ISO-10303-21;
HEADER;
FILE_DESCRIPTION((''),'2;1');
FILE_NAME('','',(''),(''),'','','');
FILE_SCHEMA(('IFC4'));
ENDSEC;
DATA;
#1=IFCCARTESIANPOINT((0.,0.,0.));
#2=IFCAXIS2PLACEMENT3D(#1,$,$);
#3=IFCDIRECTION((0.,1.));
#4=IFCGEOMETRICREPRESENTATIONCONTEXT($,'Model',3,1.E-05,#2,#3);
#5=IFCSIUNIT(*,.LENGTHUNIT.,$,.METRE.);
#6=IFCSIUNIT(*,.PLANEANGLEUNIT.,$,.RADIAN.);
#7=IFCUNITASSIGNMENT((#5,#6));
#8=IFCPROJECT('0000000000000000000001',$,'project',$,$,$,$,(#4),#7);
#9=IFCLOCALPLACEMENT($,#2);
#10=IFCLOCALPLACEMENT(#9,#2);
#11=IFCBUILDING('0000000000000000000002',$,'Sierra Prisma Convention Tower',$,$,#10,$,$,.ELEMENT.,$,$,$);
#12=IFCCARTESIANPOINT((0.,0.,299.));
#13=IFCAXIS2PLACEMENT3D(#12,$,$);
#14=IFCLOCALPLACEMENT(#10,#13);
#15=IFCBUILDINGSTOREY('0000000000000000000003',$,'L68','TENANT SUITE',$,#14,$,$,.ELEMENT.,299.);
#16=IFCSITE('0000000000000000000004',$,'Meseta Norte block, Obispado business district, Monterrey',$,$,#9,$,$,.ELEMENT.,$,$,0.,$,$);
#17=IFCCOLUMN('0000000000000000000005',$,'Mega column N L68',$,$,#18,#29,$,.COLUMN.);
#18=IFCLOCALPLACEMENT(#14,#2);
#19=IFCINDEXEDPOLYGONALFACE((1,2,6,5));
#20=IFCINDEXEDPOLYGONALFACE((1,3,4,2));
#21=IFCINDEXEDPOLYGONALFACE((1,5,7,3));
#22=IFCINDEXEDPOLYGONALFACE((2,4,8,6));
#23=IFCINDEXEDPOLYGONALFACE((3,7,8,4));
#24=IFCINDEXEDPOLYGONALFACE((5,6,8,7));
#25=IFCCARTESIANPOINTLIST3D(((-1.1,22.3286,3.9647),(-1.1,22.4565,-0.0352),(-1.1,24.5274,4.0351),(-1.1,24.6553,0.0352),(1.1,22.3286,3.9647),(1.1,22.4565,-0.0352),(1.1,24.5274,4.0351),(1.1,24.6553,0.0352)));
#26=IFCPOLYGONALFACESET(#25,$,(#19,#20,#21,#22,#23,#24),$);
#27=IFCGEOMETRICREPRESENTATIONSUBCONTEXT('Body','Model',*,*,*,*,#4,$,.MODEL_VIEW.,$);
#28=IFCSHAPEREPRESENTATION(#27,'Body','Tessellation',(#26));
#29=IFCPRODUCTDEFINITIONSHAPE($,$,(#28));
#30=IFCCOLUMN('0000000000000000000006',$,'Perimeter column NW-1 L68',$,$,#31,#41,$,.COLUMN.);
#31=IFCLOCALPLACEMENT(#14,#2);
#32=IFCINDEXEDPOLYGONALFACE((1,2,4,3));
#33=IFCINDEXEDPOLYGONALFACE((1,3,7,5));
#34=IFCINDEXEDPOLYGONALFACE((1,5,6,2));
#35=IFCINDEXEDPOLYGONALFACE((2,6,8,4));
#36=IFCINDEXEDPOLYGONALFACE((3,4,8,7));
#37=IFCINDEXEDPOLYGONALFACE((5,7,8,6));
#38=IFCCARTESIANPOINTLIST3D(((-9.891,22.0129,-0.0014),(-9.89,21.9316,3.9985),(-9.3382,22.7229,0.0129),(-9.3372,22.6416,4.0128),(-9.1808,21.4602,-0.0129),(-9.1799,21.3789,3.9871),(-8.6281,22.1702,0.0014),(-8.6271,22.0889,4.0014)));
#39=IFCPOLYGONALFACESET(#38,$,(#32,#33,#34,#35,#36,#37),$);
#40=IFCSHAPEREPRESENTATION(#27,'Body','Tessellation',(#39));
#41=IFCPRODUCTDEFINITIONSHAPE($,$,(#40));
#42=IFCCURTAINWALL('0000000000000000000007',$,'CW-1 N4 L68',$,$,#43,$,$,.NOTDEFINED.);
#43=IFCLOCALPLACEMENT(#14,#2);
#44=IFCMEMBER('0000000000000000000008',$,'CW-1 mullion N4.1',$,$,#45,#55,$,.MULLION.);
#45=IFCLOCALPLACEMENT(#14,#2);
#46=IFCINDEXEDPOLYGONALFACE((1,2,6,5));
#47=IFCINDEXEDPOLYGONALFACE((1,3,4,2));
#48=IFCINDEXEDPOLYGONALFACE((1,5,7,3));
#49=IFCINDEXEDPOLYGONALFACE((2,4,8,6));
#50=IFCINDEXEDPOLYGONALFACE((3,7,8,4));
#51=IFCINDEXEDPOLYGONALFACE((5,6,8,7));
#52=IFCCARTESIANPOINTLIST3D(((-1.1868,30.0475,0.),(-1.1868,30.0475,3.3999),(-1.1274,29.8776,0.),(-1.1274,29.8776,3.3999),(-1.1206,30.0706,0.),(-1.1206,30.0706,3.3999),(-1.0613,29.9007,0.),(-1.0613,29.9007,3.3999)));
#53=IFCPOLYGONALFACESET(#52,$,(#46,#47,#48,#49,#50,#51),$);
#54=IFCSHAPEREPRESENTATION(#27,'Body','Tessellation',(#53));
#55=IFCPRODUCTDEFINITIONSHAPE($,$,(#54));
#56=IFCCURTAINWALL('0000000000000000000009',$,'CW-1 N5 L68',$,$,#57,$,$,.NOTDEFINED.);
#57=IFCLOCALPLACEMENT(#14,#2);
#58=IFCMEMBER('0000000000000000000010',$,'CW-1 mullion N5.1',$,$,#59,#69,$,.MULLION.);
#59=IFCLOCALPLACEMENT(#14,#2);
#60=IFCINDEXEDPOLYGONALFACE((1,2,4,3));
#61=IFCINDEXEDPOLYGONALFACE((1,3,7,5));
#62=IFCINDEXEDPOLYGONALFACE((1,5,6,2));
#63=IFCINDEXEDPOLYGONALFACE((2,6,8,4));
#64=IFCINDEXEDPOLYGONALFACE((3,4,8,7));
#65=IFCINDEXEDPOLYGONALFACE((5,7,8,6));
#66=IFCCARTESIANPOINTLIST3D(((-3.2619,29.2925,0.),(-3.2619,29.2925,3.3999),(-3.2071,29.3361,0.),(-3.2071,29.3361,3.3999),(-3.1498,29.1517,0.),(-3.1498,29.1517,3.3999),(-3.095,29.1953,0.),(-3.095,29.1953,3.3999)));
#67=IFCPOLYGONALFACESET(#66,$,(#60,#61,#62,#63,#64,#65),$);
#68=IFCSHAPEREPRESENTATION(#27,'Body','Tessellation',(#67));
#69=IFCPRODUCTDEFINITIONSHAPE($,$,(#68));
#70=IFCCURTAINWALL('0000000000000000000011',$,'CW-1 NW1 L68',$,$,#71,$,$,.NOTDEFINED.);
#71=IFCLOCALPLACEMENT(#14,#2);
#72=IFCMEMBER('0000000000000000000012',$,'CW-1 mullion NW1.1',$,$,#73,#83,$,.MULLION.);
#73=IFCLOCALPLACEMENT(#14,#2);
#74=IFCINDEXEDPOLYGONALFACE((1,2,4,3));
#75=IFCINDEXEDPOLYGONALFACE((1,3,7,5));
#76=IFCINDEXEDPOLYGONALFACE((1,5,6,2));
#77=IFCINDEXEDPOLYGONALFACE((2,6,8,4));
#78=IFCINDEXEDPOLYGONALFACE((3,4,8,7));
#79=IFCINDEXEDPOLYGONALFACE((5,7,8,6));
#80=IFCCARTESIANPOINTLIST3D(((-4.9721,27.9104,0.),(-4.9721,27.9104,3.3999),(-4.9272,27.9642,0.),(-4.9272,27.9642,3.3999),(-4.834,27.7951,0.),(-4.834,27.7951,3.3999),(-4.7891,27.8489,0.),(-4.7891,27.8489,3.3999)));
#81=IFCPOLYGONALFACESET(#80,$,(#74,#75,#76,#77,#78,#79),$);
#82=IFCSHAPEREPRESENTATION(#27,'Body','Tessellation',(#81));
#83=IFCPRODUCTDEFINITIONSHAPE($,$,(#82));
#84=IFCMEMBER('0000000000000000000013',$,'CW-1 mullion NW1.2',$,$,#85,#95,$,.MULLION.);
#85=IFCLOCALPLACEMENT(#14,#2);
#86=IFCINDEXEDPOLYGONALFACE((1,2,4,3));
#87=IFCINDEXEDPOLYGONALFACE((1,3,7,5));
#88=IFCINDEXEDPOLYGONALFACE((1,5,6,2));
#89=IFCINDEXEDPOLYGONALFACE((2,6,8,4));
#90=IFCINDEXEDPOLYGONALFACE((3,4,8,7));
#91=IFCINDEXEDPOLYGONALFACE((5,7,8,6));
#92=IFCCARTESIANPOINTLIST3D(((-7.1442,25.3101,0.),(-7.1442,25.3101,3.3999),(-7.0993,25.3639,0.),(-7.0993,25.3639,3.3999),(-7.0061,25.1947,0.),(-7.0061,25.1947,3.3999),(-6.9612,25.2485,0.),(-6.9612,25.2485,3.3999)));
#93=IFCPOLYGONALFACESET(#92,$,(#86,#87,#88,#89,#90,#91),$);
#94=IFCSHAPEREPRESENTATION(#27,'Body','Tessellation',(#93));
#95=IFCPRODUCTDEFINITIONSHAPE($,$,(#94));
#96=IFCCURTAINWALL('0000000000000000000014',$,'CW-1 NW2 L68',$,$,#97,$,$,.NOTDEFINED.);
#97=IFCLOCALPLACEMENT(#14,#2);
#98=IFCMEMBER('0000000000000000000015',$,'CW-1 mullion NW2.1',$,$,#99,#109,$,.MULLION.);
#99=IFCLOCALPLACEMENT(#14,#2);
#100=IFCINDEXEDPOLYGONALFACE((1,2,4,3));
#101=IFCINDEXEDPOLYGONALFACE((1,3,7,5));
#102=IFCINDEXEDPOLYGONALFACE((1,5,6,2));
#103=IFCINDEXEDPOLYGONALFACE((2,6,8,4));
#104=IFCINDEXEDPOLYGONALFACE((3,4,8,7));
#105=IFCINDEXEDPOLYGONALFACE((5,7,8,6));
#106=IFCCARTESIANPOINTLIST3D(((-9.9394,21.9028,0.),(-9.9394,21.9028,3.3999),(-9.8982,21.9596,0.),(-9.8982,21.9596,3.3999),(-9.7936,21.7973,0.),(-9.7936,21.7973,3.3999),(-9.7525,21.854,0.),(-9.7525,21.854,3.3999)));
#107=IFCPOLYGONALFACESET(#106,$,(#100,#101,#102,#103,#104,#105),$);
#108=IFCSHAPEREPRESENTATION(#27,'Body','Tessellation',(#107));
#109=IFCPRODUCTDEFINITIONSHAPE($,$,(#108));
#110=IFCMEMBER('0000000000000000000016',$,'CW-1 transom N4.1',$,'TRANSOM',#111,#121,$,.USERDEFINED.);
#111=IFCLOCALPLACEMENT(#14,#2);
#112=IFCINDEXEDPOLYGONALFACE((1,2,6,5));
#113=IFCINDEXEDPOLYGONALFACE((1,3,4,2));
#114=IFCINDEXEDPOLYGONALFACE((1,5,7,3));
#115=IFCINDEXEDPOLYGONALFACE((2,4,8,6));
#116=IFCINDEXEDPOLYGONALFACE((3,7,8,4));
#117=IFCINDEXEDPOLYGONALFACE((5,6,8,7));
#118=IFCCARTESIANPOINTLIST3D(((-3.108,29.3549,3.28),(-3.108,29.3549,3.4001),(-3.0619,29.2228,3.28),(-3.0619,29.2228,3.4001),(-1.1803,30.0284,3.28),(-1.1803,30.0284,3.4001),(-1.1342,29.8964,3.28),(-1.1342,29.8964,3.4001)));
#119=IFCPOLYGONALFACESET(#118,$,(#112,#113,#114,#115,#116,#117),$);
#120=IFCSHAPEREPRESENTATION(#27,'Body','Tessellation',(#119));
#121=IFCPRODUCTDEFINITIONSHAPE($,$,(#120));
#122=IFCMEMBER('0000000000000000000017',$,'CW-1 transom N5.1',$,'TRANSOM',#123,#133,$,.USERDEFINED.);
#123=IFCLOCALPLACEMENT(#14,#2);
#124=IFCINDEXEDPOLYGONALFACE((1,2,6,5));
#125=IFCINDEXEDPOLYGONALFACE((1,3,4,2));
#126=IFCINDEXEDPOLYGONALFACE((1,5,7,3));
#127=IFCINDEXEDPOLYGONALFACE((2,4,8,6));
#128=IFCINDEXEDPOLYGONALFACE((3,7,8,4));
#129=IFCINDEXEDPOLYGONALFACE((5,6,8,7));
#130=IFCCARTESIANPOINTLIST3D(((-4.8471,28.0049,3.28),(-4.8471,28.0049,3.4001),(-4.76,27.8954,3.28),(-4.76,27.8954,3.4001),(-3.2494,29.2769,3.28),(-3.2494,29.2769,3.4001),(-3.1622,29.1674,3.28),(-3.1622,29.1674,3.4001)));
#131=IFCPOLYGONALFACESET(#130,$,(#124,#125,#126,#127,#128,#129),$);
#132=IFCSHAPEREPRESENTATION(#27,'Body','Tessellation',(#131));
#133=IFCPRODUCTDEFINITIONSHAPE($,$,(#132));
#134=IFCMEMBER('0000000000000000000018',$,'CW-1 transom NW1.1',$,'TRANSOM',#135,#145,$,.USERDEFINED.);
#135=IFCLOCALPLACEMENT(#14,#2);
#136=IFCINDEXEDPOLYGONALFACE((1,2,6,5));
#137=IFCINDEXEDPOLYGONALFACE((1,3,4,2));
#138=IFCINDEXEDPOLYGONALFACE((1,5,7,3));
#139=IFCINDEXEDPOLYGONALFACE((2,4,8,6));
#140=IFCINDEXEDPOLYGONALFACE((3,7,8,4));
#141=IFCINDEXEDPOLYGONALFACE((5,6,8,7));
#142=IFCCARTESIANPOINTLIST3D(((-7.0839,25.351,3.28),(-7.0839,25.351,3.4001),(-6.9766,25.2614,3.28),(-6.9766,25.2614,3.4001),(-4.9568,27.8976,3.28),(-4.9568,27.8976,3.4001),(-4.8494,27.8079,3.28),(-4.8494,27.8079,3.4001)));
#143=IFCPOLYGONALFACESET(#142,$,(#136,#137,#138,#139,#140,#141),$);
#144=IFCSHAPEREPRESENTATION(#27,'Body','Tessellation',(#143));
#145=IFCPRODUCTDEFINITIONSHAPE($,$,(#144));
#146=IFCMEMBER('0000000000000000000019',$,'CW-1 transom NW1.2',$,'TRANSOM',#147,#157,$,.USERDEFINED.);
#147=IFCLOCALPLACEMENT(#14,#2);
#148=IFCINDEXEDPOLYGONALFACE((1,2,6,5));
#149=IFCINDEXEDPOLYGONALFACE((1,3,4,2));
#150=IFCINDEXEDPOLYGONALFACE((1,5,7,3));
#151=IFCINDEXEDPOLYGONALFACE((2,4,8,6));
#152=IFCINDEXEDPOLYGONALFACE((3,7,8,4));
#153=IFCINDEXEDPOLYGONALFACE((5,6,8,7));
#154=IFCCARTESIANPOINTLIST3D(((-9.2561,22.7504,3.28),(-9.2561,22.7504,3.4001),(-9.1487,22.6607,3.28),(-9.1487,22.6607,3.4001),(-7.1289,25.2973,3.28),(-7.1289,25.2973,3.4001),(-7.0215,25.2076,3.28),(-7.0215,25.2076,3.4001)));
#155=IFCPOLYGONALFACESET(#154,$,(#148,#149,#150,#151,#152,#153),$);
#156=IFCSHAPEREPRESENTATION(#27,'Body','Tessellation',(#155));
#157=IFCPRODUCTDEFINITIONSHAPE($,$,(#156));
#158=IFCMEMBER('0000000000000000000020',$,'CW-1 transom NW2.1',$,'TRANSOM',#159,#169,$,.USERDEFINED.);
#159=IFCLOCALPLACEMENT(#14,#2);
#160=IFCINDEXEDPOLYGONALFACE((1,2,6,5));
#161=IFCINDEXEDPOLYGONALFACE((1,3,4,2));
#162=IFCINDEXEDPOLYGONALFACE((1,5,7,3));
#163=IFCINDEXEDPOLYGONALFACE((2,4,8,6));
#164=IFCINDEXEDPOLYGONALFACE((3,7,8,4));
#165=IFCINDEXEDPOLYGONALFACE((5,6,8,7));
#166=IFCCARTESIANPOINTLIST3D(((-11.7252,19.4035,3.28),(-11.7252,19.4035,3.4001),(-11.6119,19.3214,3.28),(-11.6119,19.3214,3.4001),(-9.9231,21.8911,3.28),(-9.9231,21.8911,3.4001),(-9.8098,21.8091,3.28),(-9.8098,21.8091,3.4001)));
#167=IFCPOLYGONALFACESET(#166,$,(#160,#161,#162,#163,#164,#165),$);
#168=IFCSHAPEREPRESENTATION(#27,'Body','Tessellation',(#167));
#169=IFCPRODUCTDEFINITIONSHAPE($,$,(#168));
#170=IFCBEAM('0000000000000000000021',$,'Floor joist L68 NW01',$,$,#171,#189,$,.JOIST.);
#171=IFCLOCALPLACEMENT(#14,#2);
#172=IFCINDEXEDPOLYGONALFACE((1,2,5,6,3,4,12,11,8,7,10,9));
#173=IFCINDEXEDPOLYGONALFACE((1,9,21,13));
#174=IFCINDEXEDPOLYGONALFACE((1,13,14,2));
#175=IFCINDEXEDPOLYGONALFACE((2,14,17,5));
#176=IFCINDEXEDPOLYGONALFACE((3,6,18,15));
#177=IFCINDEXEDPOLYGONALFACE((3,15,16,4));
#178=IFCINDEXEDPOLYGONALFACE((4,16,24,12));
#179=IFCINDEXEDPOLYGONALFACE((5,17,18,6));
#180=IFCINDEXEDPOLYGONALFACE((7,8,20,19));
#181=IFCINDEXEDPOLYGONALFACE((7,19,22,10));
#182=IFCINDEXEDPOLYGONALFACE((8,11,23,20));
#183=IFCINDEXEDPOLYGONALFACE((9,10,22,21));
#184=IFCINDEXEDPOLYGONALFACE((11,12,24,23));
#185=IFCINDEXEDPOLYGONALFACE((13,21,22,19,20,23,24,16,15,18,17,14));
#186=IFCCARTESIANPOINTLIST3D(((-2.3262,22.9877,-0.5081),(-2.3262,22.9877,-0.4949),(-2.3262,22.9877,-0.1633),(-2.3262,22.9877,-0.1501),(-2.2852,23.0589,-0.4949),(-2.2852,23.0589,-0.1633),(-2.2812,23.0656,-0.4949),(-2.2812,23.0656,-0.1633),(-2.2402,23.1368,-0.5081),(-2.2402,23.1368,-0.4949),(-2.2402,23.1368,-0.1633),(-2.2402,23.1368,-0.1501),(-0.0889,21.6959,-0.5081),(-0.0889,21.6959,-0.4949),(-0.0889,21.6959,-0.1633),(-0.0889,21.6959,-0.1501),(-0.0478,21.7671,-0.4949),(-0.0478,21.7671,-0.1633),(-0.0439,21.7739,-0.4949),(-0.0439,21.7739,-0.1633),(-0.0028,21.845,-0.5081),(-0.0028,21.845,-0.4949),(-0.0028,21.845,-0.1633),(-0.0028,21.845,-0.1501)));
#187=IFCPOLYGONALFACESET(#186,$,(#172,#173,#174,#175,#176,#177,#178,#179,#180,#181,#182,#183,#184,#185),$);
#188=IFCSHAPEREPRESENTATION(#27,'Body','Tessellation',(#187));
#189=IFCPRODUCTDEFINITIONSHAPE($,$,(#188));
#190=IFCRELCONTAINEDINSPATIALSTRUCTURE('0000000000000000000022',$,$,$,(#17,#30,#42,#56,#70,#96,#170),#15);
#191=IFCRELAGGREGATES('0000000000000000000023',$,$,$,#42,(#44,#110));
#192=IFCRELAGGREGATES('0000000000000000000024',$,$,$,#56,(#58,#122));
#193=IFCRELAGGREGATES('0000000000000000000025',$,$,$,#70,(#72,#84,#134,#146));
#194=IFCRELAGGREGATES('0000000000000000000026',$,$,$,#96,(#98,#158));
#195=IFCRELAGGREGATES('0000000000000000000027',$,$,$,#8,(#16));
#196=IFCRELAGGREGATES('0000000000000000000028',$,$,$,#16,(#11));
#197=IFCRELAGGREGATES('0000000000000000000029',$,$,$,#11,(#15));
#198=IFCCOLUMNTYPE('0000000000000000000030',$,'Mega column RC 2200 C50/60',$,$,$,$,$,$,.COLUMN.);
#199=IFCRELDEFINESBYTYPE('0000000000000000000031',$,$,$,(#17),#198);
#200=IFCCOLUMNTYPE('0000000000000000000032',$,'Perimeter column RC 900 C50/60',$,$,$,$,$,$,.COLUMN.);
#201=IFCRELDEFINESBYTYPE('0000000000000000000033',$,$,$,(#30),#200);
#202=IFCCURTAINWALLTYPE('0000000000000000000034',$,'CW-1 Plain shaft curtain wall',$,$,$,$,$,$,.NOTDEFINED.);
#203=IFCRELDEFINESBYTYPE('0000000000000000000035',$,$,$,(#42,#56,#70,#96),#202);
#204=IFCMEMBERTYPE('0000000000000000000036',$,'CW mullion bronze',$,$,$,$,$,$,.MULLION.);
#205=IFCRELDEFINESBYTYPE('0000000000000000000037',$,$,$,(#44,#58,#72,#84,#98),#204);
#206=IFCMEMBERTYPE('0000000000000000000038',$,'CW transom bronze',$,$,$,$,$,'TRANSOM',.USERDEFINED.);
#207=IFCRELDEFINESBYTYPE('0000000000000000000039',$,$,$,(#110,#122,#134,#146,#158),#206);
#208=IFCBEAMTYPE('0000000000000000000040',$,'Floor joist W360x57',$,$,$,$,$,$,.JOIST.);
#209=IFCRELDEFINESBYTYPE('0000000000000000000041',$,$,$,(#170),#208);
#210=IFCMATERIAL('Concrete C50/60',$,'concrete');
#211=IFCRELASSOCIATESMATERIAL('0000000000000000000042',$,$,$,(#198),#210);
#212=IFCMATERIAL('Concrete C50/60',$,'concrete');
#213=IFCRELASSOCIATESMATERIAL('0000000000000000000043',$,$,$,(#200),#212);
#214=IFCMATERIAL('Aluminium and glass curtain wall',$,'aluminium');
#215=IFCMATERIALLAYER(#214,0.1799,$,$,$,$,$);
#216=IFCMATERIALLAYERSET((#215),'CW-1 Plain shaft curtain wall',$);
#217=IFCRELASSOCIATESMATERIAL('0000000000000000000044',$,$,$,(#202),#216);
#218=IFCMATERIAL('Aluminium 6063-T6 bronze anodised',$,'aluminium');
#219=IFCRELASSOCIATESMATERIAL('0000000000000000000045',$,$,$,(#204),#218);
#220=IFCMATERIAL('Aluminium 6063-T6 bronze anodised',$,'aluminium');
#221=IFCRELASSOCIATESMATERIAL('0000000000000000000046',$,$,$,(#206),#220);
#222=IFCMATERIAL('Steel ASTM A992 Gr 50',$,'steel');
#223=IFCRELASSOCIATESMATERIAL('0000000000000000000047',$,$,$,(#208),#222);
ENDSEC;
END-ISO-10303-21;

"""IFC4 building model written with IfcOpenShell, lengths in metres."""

from ifc_helpers import new_model, si_unit, direction, frame, origin, origin_2d, place, context, subcontext, project, spatial, rectangle, i_section, extrude, material, layer, layer_set, material_profile, profile_set, type_object, element, aggregate, save


model = new_model("IFC4")

# Units and contexts
model_context = context("Model", 3, precision=1e-05, world=origin(), true_north=direction((0.0, 1.0)))
body_context = subcontext(model_context, "Body", "Model", "MODEL_VIEW")
ifc_project = project(units=[si_unit("LENGTHUNIT", "METRE"), si_unit("PLANEANGLEUNIT", "RADIAN")], contexts=[model_context])

# Site, building, storey
site_placement = place(None, origin())
site = spatial("IfcSite", under=ifc_project, at=site_placement, Name="Meseta Norte block, Obispado business district, Monterrey", CompositionType="ELEMENT", RefElevation=0.0)
building_placement = place(site_placement, origin())
building = spatial("IfcBuilding", under=site, at=building_placement, Name="Sierra Prisma Convention Tower", CompositionType="ELEMENT")
storey_placement = place(building_placement, frame((0.0, 0.0, 299.0)))
storey = spatial("IfcBuildingStorey", under=building, at=storey_placement, Name="L68", Description="TENANT SUITE", CompositionType="ELEMENT", Elevation=299.0)

# Columns
ifc_material_1 = material(Name="Concrete C50/60", Category="concrete")
ifc_material_profile_1 = material_profile(ifc_material_1, rectangle(XDim=2.2, YDim=2.2, at=origin_2d()), Name="Mega column RC 2200 C50/60")
ifc_profile_set_1 = profile_set([ifc_material_profile_1], Name="Concrete C50/60")
column_type_1 = type_object("IfcColumnType", Name="Mega column RC 2200 C50/60", PredefinedType="COLUMN", material=ifc_profile_set_1)
column_1_placement = place(storey_placement, frame((0.0, 23.5559, 0.0), z_axis=(0.0, -0.031966, 0.999489), x_axis=(1.0, 0.0, 0.0)))
element("IfcColumn", 1, at=column_1_placement, inside=storey, type_object=column_type_1, Name="Mega column N L68", PredefinedType="COLUMN", context=body_context, shape_type="SweptSolid", body=[
    extrude(rectangle(XDim=2.2, YDim=2.2, at=origin_2d()), origin(), (0.0, 0.0, 1.0), 4.002),
])
ifc_material_2 = material(Name="Concrete C50/60", Category="concrete")
ifc_material_profile_2 = material_profile(ifc_material_2, rectangle(XDim=0.8999, YDim=0.8999, at=origin_2d()), Name="Perimeter column RC 900 C50/60")
ifc_profile_set_2 = profile_set([ifc_material_profile_2], Name="Concrete C50/60")
column_type_2 = type_object("IfcColumnType", Name="Perimeter column RC 900 C50/60", PredefinedType="COLUMN", material=ifc_profile_set_2)
column_2_placement = place(storey_placement, frame((-9.2595, 22.0916, 0.0), z_axis=(0.000244, -0.020321, 0.999793), x_axis=(0.614241, 0.788958, 0.015885)))
element("IfcColumn", 2, at=column_2_placement, inside=storey, type_object=column_type_2, Name="Perimeter column NW-1 L68", PredefinedType="COLUMN", context=body_context, shape_type="SweptSolid", body=[
    extrude(rectangle(XDim=0.8999, YDim=0.8999, at=origin_2d()), origin(), (0.0, 0.0, 1.0), 4.0007),
])

# Curtain walls, members
ifc_material_3 = material(Name="Aluminium and glass curtain wall", Category="aluminium")
ifc_layer_1 = layer(ifc_material_3, 0.1799)
ifc_layer_set_1 = layer_set([ifc_layer_1], Name="CW-1 Plain shaft curtain wall")
curtain_wall_type = type_object("IfcCurtainWallType", Name="CW-1 Plain shaft curtain wall", PredefinedType="NOTDEFINED", material=ifc_layer_set_1)
curtain_wall_1_placement = place(storey_placement, origin())
curtain_wall_1 = element("IfcCurtainWall", 3, at=curtain_wall_1_placement, inside=storey, type_object=curtain_wall_type, Name="CW-1 N4 L68", PredefinedType="NOTDEFINED")
ifc_material_4 = material(Name="Aluminium 6063-T6 bronze anodised", Category="aluminium")
ifc_material_profile_3 = material_profile(ifc_material_4, rectangle(XDim=0.1799, YDim=0.0701, at=origin_2d()), Name="ALU MULLION 70x180")
ifc_profile_set_3 = profile_set([ifc_material_profile_3], Name="Aluminium 6063-T6 bronze anodised")
member_type_1 = type_object("IfcMemberType", Name="CW mullion bronze", PredefinedType="MULLION", material=ifc_profile_set_3)
member_1_placement = place(storey_placement, frame((-1.124, 29.9741, 0.0), z_axis=(0.0, 0.0, 1.0), x_axis=(0.329887, -0.94402, 0.0)))
member_1 = element("IfcMember", 4, at=member_1_placement, type_object=member_type_1, Name="CW-1 mullion N4.1", PredefinedType="MULLION", context=body_context, shape_type="SweptSolid", body=[
    extrude(rectangle(XDim=0.1799, YDim=0.0701, at=origin_2d()), origin(), (0.0, 0.0, 1.0), 3.3999),
])
curtain_wall_2_placement = place(storey_placement, origin())
curtain_wall_2 = element("IfcCurtainWall", 5, at=curtain_wall_2_placement, inside=storey, type_object=curtain_wall_type, Name="CW-1 N5 L68", PredefinedType="NOTDEFINED")
member_2_placement = place(storey_placement, frame((-3.1785, 29.2439, 0.0), z_axis=(0.0, 0.0, 1.0), x_axis=(0.622841, -0.782348, 0.0)))
member_2 = element("IfcMember", 6, at=member_2_placement, type_object=member_type_1, Name="CW-1 mullion N5.1", PredefinedType="MULLION", context=body_context, shape_type="SweptSolid", body=[
    extrude(rectangle(XDim=0.1799, YDim=0.0701, at=origin_2d()), origin(), (0.0, 0.0, 1.0), 3.3999),
])

# Curtain wall, members
curtain_wall_3_placement = place(storey_placement, origin())
curtain_wall_3 = element("IfcCurtainWall", 7, at=curtain_wall_3_placement, inside=storey, type_object=curtain_wall_type, Name="CW-1 NW1 L68", PredefinedType="NOTDEFINED")
member_3_placement = place(storey_placement, frame((-4.8806, 27.8796, 0.0), z_axis=(0.0, 0.0, 1.0), x_axis=(0.76749, -0.64106, 0.0)))
member_3 = element("IfcMember", 8, at=member_3_placement, type_object=member_type_1, Name="CW-1 mullion NW1.1", PredefinedType="MULLION", context=body_context, shape_type="SweptSolid", body=[
    extrude(rectangle(XDim=0.1799, YDim=0.0701, at=origin_2d()), origin(), (0.0, 0.0, 1.0), 3.3999),
])
member_4_placement = place(storey_placement, frame((-7.0527, 25.2793, 0.0), z_axis=(0.0, 0.0, 1.0), x_axis=(0.76749, -0.64106, 0.0)))
member_4 = element("IfcMember", 9, at=member_4_placement, type_object=member_type_1, Name="CW-1 mullion NW1.2", PredefinedType="MULLION", context=body_context, shape_type="SweptSolid", body=[
    extrude(rectangle(XDim=0.1799, YDim=0.0701, at=origin_2d()), origin(), (0.0, 0.0, 1.0), 3.3999),
])

# Curtain wall, member
curtain_wall_4_placement = place(storey_placement, origin())
curtain_wall_4 = element("IfcCurtainWall", 10, at=curtain_wall_4_placement, inside=storey, type_object=curtain_wall_type, Name="CW-1 NW2 L68", PredefinedType="NOTDEFINED")
member_5_placement = place(storey_placement, frame((-9.8459, 21.8784, 0.0), z_axis=(0.0, 0.0, 1.0), x_axis=(0.809811, -0.586691, 0.0)))
member_5 = element("IfcMember", 11, at=member_5_placement, type_object=member_type_1, Name="CW-1 mullion NW2.1", PredefinedType="MULLION", context=body_context, shape_type="SweptSolid", body=[
    extrude(rectangle(XDim=0.1799, YDim=0.0701, at=origin_2d()), origin(), (0.0, 0.0, 1.0), 3.3999),
])

# Members
ifc_material_5 = material(Name="Aluminium 6063-T6 bronze anodised", Category="aluminium")
ifc_material_profile_4 = material_profile(ifc_material_5, rectangle(XDim=0.1399, YDim=0.1201, at=origin_2d()), Name="ALU TRANSOM 120x140")
ifc_profile_set_4 = profile_set([ifc_material_profile_4], Name="Aluminium 6063-T6 bronze anodised")
member_type_2 = type_object("IfcMemberType", Name="CW transom bronze", ElementType="TRANSOM", PredefinedType="USERDEFINED", material=ifc_profile_set_4)
member_6_placement = place(storey_placement, frame((-1.1572, 29.9624, 3.3401), z_axis=(-0.94403, -0.32986, 0.0), x_axis=(0.32986, -0.94403, 0.0)))
member_6 = element("IfcMember", 12, at=member_6_placement, type_object=member_type_2, Name="CW-1 transom N4.1", ObjectType="TRANSOM", PredefinedType="USERDEFINED", context=body_context, shape_type="SweptSolid", body=[
    extrude(rectangle(XDim=0.1399, YDim=0.1201, at=origin_2d()), origin(), (0.0, 0.0, 1.0), 2.042),
])
member_7_placement = place(storey_placement, frame((-3.2058, 29.2222, 3.3401), z_axis=(-0.782336, -0.622856, 0.0), x_axis=(0.622856, -0.782336, 0.0)))
member_7 = element("IfcMember", 13, at=member_7_placement, type_object=member_type_2, Name="CW-1 transom N5.1", ObjectType="TRANSOM", PredefinedType="USERDEFINED", context=body_context, shape_type="SweptSolid", body=[
    extrude(rectangle(XDim=0.1399, YDim=0.1201, at=origin_2d()), origin(), (0.0, 0.0, 1.0), 2.0422),
])
member_8_placement = place(storey_placement, frame((-4.9031, 27.8528, 3.3401), z_axis=(-0.641074, -0.767479, 0.0), x_axis=(0.767479, -0.641074, 0.0)))
member_8 = element("IfcMember", 14, at=member_8_placement, type_object=member_type_2, Name="CW-1 transom NW1.1", ObjectType="TRANSOM", PredefinedType="USERDEFINED", context=body_context, shape_type="SweptSolid", body=[
    extrude(rectangle(XDim=0.1399, YDim=0.1201, at=origin_2d()), origin(), (0.0, 0.0, 1.0), 3.3181),
])
member_9_placement = place(storey_placement, frame((-7.0752, 25.2524, 3.3401), z_axis=(-0.641038, -0.767509, 0.0), x_axis=(0.767509, -0.641038, 0.0)))
member_9 = element("IfcMember", 15, at=member_9_placement, type_object=member_type_2, Name="CW-1 transom NW1.2", ObjectType="TRANSOM", PredefinedType="USERDEFINED", context=body_context, shape_type="SweptSolid", body=[
    extrude(rectangle(XDim=0.1399, YDim=0.1201, at=origin_2d()), origin(), (0.0, 0.0, 1.0), 3.3184),
])
member_10_placement = place(storey_placement, frame((-9.8665, 21.8501, 3.3401), z_axis=(-0.586654, -0.809838, 0.0), x_axis=(0.809838, -0.586654, 0.0)))
member_10 = element("IfcMember", 16, at=member_10_placement, type_object=member_type_2, Name="CW-1 transom NW2.1", ObjectType="TRANSOM", PredefinedType="USERDEFINED", context=body_context, shape_type="SweptSolid", body=[
    extrude(rectangle(XDim=0.1399, YDim=0.1201, at=origin_2d()), origin(), (0.0, 0.0, 1.0), 3.0718),
])

# Beam
ifc_material_6 = material(Name="Steel ASTM A992 Gr 50", Category="steel")
ifc_material_profile_5 = material_profile(ifc_material_6, i_section(OverallWidth=0.1721, OverallDepth=0.3579, WebThickness=0.0078, FlangeThickness=0.0132, at=origin_2d()), Name="W360x57")
ifc_profile_set_5 = profile_set([ifc_material_profile_5], Name="Steel ASTM A992 Gr 50")
beam_type_1 = type_object("IfcBeamType", Name="Floor joist W360x57", PredefinedType="JOIST", material=ifc_profile_set_5)
beam_1_placement = place(storey_placement, frame((-2.2832, 23.0623, -0.3291), z_axis=(0.866019, -0.500011, 0.0), x_axis=(0.500011, 0.866019, 0.0)))
element("IfcBeam", 17, at=beam_1_placement, inside=storey, type_object=beam_type_1, Name="Floor joist L68 NW01", PredefinedType="JOIST", context=body_context, shape_type="SweptSolid", body=[
    extrude(i_section(OverallWidth=0.1721, OverallDepth=0.3579, WebThickness=0.0078, FlangeThickness=0.0132, at=origin_2d()), origin(), (0.0, 0.0, 1.0), 2.5835),
])

aggregate(curtain_wall_1, [member_1, member_6])
aggregate(curtain_wall_2, [member_2, member_7])
aggregate(curtain_wall_3, [member_3, member_4, member_8, member_9])
aggregate(curtain_wall_4, [member_5, member_10])

save(model, "model.ifc")
